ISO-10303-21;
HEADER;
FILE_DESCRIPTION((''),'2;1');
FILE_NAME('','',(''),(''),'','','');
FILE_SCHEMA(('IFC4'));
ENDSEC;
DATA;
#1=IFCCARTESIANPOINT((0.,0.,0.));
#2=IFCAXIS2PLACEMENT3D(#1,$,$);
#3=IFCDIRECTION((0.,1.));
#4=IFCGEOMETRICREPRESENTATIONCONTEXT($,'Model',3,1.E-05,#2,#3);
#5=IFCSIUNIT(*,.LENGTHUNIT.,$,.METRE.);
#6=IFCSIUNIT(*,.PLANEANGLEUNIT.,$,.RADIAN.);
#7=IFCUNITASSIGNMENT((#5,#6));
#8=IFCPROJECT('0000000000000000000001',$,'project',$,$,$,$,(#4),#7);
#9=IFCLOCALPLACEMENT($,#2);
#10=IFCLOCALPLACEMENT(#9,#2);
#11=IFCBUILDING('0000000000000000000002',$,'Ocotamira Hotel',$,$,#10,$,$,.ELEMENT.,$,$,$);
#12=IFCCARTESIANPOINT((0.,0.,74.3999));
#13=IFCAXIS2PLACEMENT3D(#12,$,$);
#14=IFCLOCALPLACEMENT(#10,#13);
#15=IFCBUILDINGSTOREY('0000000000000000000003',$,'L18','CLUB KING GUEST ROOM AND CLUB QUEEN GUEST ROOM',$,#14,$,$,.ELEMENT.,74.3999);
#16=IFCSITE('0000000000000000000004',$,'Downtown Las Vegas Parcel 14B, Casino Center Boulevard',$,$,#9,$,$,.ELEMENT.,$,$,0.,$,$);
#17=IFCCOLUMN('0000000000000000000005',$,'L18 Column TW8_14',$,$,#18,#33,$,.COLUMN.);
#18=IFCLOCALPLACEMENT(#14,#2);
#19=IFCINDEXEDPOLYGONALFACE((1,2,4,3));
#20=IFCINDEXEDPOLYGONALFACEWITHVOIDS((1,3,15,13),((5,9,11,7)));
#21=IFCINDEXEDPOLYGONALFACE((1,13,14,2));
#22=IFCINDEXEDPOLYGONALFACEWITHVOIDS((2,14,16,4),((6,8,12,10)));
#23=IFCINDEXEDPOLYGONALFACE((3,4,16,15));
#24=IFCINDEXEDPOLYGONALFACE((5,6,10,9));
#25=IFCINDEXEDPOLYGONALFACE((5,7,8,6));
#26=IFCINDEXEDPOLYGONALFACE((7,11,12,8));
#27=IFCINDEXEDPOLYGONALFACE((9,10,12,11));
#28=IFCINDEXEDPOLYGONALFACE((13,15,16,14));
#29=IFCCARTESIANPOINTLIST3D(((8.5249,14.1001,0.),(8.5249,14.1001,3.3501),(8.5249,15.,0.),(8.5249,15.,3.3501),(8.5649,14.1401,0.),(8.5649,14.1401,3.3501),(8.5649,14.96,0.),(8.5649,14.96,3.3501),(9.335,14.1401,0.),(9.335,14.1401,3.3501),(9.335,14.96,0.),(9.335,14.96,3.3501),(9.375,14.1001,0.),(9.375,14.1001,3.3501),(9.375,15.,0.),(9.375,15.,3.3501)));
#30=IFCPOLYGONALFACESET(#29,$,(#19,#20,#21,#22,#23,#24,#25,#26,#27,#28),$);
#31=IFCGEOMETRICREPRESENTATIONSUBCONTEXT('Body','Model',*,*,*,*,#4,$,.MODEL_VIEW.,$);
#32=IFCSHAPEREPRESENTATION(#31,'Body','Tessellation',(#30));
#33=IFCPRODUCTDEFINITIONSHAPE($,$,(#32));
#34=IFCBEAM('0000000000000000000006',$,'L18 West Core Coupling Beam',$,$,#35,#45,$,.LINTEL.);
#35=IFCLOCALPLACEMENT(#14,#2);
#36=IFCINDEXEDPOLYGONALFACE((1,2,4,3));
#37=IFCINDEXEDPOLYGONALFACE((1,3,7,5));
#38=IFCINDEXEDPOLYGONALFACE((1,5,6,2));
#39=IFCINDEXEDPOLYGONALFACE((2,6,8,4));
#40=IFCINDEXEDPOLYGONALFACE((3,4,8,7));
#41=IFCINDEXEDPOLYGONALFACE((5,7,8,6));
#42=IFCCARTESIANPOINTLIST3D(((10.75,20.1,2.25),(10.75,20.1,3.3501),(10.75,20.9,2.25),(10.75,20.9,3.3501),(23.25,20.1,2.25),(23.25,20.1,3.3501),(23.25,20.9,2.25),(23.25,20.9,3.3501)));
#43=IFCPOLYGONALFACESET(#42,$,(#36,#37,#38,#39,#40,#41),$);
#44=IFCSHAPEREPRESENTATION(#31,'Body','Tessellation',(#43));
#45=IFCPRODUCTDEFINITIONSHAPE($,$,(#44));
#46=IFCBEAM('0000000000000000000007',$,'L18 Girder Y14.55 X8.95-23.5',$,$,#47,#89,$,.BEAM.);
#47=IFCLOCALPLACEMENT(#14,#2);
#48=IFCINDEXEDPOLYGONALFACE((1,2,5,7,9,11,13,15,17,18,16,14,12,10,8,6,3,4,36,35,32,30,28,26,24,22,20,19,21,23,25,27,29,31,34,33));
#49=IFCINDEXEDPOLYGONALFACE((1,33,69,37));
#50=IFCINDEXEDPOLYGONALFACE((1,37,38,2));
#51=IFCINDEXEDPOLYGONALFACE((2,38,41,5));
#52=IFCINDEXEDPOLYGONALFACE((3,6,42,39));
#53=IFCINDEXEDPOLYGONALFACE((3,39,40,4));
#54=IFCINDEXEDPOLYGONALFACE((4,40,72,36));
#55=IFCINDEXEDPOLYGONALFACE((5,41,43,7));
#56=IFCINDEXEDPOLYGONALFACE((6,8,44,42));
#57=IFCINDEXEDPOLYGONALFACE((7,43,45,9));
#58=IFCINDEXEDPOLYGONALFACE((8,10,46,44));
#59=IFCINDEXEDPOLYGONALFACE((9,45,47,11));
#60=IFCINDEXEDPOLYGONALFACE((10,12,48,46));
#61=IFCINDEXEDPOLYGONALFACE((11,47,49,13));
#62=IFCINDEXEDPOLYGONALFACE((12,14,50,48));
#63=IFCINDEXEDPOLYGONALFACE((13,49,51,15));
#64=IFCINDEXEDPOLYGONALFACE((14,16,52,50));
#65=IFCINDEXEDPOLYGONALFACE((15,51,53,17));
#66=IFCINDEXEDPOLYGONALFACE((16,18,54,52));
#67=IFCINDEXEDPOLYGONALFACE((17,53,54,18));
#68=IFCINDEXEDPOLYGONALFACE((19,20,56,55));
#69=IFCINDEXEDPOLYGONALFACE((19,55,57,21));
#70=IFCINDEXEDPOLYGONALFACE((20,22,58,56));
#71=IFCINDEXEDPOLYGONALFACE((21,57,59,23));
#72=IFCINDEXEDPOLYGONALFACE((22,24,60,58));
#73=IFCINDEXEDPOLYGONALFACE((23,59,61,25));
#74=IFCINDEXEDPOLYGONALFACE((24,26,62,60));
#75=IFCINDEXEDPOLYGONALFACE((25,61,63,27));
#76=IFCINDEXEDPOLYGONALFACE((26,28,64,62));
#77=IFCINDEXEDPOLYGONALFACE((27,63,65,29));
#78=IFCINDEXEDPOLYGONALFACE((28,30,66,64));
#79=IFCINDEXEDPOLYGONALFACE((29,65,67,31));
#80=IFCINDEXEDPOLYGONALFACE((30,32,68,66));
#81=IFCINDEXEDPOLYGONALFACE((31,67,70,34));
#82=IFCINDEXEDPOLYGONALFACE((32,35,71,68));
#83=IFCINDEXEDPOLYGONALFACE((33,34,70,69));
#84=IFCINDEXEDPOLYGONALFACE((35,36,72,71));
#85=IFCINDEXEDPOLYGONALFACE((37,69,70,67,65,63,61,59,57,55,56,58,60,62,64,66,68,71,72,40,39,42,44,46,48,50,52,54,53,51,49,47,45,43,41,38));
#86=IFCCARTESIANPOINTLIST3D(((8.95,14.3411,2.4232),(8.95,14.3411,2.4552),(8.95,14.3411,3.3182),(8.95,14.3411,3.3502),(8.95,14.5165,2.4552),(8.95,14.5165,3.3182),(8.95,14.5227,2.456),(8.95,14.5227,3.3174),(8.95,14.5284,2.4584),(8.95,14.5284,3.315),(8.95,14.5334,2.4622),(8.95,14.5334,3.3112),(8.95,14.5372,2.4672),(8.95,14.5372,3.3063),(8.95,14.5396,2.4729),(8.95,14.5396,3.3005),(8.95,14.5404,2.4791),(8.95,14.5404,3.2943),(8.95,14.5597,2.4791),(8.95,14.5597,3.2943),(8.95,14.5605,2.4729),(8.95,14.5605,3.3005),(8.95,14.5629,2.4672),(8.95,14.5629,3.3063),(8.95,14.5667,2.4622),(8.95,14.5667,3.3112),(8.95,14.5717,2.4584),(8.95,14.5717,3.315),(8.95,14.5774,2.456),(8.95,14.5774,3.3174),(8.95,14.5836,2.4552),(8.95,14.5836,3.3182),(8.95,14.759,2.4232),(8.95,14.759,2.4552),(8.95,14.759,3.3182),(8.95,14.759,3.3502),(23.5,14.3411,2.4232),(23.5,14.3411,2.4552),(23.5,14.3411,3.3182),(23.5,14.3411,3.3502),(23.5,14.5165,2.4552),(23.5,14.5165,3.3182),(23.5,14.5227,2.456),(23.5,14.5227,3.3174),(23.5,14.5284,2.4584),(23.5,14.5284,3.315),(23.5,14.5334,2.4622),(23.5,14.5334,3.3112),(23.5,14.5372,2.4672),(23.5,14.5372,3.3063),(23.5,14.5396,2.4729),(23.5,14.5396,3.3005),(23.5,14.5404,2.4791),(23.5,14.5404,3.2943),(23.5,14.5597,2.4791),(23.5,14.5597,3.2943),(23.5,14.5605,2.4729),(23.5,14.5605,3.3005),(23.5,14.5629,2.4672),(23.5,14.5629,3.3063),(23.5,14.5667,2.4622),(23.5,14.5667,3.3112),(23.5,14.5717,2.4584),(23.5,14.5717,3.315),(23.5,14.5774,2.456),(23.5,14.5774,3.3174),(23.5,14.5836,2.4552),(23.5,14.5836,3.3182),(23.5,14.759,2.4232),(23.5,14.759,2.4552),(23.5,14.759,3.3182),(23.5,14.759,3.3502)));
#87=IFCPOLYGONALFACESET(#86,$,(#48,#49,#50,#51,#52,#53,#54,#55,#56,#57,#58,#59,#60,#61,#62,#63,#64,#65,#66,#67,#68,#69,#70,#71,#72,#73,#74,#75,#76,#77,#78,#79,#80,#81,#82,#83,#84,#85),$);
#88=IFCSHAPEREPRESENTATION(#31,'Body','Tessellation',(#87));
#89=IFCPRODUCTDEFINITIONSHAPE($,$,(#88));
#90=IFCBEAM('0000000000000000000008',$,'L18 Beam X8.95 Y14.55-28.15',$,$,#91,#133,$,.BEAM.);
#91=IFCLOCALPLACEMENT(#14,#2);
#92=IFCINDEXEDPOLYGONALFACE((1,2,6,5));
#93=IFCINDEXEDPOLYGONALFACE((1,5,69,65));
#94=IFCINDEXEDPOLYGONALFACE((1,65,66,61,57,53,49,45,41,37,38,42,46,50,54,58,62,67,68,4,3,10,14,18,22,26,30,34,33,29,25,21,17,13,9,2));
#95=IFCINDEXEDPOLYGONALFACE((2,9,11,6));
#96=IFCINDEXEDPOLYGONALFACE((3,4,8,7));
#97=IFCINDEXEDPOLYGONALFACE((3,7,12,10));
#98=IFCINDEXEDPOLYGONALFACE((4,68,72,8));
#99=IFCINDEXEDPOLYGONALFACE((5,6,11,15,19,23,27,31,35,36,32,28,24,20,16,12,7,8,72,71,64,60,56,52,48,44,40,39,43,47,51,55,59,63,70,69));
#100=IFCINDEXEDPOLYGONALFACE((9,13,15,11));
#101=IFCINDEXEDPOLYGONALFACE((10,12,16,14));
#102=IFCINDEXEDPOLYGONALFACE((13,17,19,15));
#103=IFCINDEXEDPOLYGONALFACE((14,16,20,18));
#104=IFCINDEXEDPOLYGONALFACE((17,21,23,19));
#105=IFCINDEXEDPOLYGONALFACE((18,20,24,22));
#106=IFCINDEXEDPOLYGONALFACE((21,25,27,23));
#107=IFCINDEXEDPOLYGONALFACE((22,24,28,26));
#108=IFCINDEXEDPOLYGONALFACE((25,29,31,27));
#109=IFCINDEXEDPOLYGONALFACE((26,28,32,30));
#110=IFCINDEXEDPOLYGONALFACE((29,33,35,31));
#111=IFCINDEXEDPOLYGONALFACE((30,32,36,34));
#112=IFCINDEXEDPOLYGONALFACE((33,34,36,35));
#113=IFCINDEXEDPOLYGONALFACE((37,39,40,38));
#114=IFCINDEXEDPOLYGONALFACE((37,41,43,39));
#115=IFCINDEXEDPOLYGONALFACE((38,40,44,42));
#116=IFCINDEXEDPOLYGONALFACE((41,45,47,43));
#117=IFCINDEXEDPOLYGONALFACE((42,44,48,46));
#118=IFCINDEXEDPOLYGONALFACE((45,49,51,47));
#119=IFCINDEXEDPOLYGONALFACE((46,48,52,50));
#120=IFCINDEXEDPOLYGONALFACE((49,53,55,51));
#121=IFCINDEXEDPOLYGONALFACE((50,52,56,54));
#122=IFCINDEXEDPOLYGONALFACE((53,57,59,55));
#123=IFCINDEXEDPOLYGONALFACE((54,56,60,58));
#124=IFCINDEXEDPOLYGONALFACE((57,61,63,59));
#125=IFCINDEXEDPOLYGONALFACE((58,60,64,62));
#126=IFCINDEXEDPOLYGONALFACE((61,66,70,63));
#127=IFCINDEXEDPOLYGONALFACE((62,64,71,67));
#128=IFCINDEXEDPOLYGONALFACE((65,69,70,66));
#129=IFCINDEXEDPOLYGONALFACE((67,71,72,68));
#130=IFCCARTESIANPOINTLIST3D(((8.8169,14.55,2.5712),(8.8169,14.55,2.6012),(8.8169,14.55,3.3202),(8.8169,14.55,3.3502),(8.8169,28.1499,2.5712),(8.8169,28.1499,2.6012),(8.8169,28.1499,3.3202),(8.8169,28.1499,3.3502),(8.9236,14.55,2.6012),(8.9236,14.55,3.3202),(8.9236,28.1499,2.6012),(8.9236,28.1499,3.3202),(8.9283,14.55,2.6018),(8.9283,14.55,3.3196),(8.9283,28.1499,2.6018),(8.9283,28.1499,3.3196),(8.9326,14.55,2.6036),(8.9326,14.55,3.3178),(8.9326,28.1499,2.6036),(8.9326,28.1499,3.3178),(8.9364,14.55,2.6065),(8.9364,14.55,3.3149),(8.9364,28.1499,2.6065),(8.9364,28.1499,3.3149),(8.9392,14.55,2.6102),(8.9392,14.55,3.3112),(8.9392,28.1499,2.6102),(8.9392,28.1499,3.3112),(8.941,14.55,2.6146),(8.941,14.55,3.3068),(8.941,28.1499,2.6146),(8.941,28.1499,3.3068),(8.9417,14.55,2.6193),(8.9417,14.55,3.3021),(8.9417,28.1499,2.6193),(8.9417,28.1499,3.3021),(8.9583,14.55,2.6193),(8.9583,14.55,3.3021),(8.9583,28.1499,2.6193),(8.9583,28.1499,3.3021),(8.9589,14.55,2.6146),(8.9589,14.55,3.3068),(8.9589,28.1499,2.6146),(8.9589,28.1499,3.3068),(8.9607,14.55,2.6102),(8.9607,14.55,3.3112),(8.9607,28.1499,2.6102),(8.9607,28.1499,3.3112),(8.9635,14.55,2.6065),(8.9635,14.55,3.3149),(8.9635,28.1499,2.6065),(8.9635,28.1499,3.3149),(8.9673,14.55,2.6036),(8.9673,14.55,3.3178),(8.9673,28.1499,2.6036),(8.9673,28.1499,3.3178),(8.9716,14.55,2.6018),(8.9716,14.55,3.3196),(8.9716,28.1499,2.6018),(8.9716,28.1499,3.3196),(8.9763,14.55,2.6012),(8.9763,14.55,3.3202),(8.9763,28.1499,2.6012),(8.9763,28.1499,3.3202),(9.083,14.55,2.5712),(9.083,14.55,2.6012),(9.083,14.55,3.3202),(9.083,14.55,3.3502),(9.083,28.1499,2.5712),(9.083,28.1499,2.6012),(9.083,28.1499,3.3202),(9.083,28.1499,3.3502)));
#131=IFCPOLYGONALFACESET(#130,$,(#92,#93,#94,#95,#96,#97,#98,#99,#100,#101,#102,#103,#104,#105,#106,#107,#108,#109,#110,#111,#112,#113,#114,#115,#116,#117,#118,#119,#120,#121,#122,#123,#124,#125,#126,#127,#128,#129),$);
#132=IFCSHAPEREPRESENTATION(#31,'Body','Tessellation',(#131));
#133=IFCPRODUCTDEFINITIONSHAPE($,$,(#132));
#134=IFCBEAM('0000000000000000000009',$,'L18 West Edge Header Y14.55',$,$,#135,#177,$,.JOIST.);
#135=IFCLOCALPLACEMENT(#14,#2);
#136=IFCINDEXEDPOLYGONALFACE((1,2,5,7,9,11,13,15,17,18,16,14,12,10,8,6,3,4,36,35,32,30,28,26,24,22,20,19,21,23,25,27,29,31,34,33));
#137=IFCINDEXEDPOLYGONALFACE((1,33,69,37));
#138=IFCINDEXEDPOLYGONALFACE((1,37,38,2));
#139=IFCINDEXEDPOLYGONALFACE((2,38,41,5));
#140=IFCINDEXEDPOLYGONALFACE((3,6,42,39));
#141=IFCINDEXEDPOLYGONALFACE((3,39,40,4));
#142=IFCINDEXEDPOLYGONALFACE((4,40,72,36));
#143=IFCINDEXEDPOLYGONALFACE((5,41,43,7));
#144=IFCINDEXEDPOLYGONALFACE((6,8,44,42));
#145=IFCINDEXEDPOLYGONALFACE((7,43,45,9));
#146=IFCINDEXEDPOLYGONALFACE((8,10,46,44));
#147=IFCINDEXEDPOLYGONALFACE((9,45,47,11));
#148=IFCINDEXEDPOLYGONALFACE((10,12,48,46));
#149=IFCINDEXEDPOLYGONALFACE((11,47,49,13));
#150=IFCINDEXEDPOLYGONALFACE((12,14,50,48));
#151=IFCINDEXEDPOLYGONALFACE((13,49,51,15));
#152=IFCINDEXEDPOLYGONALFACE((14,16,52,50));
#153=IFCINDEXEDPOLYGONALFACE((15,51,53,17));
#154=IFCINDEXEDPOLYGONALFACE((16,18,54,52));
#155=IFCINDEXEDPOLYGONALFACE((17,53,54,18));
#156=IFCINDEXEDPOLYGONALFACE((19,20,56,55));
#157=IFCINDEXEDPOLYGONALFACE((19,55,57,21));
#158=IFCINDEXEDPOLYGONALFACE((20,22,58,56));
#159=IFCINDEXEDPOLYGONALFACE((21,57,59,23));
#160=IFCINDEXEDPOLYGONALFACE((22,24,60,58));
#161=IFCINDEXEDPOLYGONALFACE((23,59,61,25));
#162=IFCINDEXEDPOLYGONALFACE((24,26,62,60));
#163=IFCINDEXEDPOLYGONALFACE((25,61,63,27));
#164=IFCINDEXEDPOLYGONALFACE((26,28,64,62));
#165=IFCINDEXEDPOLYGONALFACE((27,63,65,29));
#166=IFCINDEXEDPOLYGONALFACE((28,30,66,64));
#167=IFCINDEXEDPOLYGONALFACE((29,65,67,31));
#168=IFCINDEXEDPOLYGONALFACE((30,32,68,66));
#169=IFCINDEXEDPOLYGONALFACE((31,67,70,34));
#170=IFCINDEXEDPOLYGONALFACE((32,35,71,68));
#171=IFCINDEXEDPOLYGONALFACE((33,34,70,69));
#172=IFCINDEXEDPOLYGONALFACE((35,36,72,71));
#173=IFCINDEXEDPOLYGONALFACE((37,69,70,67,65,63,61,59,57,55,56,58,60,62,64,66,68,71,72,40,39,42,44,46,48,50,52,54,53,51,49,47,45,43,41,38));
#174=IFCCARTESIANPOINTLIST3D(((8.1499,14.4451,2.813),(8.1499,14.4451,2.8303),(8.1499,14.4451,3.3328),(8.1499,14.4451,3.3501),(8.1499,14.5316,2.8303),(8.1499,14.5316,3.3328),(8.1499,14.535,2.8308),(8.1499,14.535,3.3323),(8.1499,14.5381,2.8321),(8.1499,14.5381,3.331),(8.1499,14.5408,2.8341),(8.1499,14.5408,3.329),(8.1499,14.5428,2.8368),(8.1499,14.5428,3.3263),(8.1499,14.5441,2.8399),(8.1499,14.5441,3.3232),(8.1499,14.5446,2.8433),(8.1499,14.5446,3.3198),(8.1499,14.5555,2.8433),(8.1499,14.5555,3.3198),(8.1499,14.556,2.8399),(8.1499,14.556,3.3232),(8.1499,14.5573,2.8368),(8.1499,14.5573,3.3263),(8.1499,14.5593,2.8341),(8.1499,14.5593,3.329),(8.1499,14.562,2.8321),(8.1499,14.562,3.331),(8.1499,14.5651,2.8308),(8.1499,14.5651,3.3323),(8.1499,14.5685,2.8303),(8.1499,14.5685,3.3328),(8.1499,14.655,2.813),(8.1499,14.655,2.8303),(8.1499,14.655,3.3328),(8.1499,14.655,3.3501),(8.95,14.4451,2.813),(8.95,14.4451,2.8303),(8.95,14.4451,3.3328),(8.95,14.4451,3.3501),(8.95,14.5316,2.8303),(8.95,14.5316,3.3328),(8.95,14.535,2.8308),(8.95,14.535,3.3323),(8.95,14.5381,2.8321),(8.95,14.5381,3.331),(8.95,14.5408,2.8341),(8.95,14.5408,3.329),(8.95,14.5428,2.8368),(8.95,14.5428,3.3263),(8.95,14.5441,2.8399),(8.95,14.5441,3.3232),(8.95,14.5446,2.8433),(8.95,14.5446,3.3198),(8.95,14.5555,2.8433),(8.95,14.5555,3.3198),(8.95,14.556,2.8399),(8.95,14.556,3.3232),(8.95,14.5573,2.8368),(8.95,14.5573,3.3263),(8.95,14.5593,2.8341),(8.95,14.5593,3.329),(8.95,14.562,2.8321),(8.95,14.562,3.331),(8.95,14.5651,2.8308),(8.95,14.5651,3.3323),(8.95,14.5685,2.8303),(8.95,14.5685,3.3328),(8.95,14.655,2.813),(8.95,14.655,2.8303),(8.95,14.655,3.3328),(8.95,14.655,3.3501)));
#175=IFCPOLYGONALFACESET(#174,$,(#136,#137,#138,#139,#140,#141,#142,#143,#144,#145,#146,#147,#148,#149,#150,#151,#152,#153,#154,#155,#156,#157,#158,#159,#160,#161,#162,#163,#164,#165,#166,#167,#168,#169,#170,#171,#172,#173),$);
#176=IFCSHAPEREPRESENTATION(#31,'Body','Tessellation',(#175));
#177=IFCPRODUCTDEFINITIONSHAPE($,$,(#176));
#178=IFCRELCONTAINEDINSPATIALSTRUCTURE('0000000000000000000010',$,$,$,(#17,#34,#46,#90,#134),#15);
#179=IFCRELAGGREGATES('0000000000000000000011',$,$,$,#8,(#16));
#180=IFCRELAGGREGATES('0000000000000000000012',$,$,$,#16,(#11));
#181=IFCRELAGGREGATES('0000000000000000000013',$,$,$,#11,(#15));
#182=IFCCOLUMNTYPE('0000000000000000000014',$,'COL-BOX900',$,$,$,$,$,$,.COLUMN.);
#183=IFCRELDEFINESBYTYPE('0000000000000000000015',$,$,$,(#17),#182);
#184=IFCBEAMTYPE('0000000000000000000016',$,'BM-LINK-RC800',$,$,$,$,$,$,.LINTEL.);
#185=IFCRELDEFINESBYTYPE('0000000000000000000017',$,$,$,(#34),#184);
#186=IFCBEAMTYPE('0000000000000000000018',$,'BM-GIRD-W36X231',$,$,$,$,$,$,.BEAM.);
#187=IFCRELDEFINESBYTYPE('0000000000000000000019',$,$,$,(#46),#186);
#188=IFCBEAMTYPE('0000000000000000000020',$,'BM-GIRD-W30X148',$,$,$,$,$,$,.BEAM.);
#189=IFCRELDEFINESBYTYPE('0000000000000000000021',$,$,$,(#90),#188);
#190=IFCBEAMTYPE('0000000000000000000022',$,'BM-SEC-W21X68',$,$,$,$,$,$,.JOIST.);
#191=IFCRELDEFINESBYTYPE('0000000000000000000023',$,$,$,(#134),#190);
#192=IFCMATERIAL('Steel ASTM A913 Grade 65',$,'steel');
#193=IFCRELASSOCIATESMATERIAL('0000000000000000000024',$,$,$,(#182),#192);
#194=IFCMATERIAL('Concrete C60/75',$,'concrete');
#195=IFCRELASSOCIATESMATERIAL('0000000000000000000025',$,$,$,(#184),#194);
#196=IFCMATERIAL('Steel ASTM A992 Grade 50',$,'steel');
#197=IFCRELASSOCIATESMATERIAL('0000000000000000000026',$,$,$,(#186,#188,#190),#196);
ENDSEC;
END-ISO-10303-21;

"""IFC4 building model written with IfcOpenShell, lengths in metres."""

from ifc_helpers import new_model, si_unit, direction, frame, origin, origin_2d, place, context, subcontext, project, spatial, rectangle, hollow_rectangle, i_section, extrude, source, transform, mapped, material, material_profile, profile_set, type_object, element, save


model = new_model("IFC4")

# Units and contexts
model_context = context("Model", 3, precision=1e-05, world=origin(), true_north=direction((0.0, 1.0)))
body_context = subcontext(model_context, "Body", "Model", "MODEL_VIEW")
ifc_project = project(units=[si_unit("LENGTHUNIT", "METRE"), si_unit("PLANEANGLEUNIT", "RADIAN")], contexts=[model_context])

# Site, building, storey
site_placement = place(None, origin())
site = spatial("IfcSite", under=ifc_project, at=site_placement, Name="Downtown Las Vegas Parcel 14B, Casino Center Boulevard", CompositionType="ELEMENT", RefElevation=0.0)
building_placement = place(site_placement, origin())
building = spatial("IfcBuilding", under=site, at=building_placement, Name="Ocotamira Hotel", CompositionType="ELEMENT")
storey_placement = place(building_placement, frame((0.0, 0.0, 74.3999)))
storey = spatial("IfcBuildingStorey", under=building, at=storey_placement, Name="L18", Description="CLUB KING GUEST ROOM AND CLUB QUEEN GUEST ROOM", CompositionType="ELEMENT", Elevation=74.3999)

# Column
ifc_material_1 = material(Name="Steel ASTM A913 Grade 65", Category="steel")
ifc_material_profile_1 = material_profile(ifc_material_1, hollow_rectangle(XDim=0.8501, YDim=0.8999, WallThickness=0.04, at=origin_2d()), Name="BOX900X850X40")
ifc_profile_set_1 = profile_set([ifc_material_profile_1], Name="Steel ASTM A913 Grade 65")
column_type = type_object("IfcColumnType", Name="COL-BOX900", PredefinedType="COLUMN", material=ifc_profile_set_1)
shared_shape_1 = source(origin(), body_context, "Body", "SweptSolid", [
    extrude(hollow_rectangle(XDim=0.8501, YDim=0.8999, WallThickness=0.04, at=origin_2d()), origin(), (0.0, 0.0, 1.0), 3.3501),
])
column_placement = place(storey_placement, frame((8.95, 14.55, 0.0), z_axis=(0.0, 0.0, 1.0), x_axis=(1.0, 0.0, 0.0)))
element("IfcColumn", 1, at=column_placement, inside=storey, type_object=column_type, Name="L18 Column TW8_14", PredefinedType="COLUMN", context=body_context, shape_type="MappedRepresentation", body=[
    mapped(shared_shape_1, transform((0.0, 0.0, 0.0), scale=1.0)),
])

# Beams
ifc_material_2 = material(Name="Concrete C60/75", Category="concrete")
ifc_material_profile_2 = material_profile(ifc_material_2, rectangle(XDim=0.8, YDim=1.1001, at=origin_2d()), Name="RC800X1100")
ifc_profile_set_2 = profile_set([ifc_material_profile_2], Name="Concrete C60/75")
beam_type_1 = type_object("IfcBeamType", Name="BM-LINK-RC800", PredefinedType="LINTEL", material=ifc_profile_set_2)
shared_shape_2 = source(origin(), body_context, "Body", "SweptSolid", [
    extrude(rectangle(XDim=0.8, YDim=1.1001, at=origin_2d()), origin(), (0.0, 0.0, 1.0), 12.5),
])
beam_1_placement = place(storey_placement, frame((10.75, 20.5, 2.8), z_axis=(1.0, 0.0, 0.0), x_axis=(0.0, 1.0, 0.0)))
element("IfcBeam", 2, at=beam_1_placement, inside=storey, type_object=beam_type_1, Name="L18 West Core Coupling Beam", PredefinedType="LINTEL", context=body_context, shape_type="MappedRepresentation", body=[
    mapped(shared_shape_2, transform((0.0, 0.0, 0.0), scale=1.0)),
])
ifc_material_3 = material(Name="Steel ASTM A992 Grade 50", Category="steel")
ifc_material_profile_3 = material_profile(ifc_material_3, i_section(OverallWidth=0.418, OverallDepth=0.927, WebThickness=0.0193, FlangeThickness=0.032, FilletRadius=0.0239, at=origin_2d()), Name="W36X231")
ifc_profile_set_3 = profile_set([ifc_material_profile_3], Name="Steel ASTM A992 Grade 50")
beam_type_2 = type_object("IfcBeamType", Name="BM-GIRD-W36X231", PredefinedType="BEAM", material=ifc_profile_set_3)
shared_shape_3 = source(origin(), body_context, "Body", "SweptSolid", [
    extrude(i_section(OverallWidth=0.418, OverallDepth=0.927, WebThickness=0.0193, FlangeThickness=0.032, FilletRadius=0.0239, at=origin_2d()), origin(), (0.0, 0.0, 1.0), 14.55),
])
beam_2_placement = place(storey_placement, frame((8.95, 14.55, 2.8867), z_axis=(1.0, 0.0, 0.0), x_axis=(0.0, 1.0, 0.0)))
element("IfcBeam", 3, at=beam_2_placement, inside=storey, type_object=beam_type_2, Name="L18 Girder Y14.55 X8.95-23.5", PredefinedType="BEAM", context=body_context, shape_type="MappedRepresentation", body=[
    mapped(shared_shape_3, transform((0.0, 0.0, 0.0), scale=1.0)),
])
ifc_material_profile_4 = material_profile(ifc_material_3, i_section(OverallWidth=0.2661, OverallDepth=0.7791, WebThickness=0.0166, FlangeThickness=0.03, FilletRadius=0.0181, at=origin_2d()), Name="W30X148")
ifc_profile_set_4 = profile_set([ifc_material_profile_4], Name="Steel ASTM A992 Grade 50")
beam_type_3 = type_object("IfcBeamType", Name="BM-GIRD-W30X148", PredefinedType="BEAM", material=ifc_profile_set_4)
shared_shape_4 = source(origin(), body_context, "Body", "SweptSolid", [
    extrude(i_section(OverallWidth=0.2661, OverallDepth=0.7791, WebThickness=0.0166, FlangeThickness=0.03, FilletRadius=0.0181, at=origin_2d()), origin(), (0.0, 0.0, 1.0), 13.5999),
])
beam_3_placement = place(storey_placement, frame((8.95, 14.55, 2.9607), z_axis=(0.0, 1.0, 0.0), x_axis=(-1.0, 0.0, 0.0)))
element("IfcBeam", 4, at=beam_3_placement, inside=storey, type_object=beam_type_3, Name="L18 Beam X8.95 Y14.55-28.15", PredefinedType="BEAM", context=body_context, shape_type="MappedRepresentation", body=[
    mapped(shared_shape_4, transform((0.0, 0.0, 0.0), scale=1.0)),
])
ifc_material_profile_5 = material_profile(ifc_material_3, i_section(OverallWidth=0.21, OverallDepth=0.5371, WebThickness=0.011, FlangeThickness=0.0173, FilletRadius=0.0129, at=origin_2d()), Name="W21X68")
ifc_profile_set_5 = profile_set([ifc_material_profile_5], Name="Steel ASTM A992 Grade 50")
beam_type_4 = type_object("IfcBeamType", Name="BM-SEC-W21X68", PredefinedType="JOIST", material=ifc_profile_set_5)
shared_shape_5 = source(origin(), body_context, "Body", "SweptSolid", [
    extrude(i_section(OverallWidth=0.21, OverallDepth=0.5371, WebThickness=0.011, FlangeThickness=0.0173, FilletRadius=0.0129, at=origin_2d()), origin(), (0.0, 0.0, 1.0), 0.8),
])
beam_4_placement = place(storey_placement, frame((8.95, 14.55, 3.0815), z_axis=(-1.0, 0.0, 0.0), x_axis=(0.0, -1.0, 0.0)))
element("IfcBeam", 5, at=beam_4_placement, inside=storey, type_object=beam_type_4, Name="L18 West Edge Header Y14.55", PredefinedType="JOIST", context=body_context, shape_type="MappedRepresentation", body=[
    mapped(shared_shape_5, transform((0.0, 0.0, 0.0), scale=1.0)),
])

save(model, "model.ifc")
